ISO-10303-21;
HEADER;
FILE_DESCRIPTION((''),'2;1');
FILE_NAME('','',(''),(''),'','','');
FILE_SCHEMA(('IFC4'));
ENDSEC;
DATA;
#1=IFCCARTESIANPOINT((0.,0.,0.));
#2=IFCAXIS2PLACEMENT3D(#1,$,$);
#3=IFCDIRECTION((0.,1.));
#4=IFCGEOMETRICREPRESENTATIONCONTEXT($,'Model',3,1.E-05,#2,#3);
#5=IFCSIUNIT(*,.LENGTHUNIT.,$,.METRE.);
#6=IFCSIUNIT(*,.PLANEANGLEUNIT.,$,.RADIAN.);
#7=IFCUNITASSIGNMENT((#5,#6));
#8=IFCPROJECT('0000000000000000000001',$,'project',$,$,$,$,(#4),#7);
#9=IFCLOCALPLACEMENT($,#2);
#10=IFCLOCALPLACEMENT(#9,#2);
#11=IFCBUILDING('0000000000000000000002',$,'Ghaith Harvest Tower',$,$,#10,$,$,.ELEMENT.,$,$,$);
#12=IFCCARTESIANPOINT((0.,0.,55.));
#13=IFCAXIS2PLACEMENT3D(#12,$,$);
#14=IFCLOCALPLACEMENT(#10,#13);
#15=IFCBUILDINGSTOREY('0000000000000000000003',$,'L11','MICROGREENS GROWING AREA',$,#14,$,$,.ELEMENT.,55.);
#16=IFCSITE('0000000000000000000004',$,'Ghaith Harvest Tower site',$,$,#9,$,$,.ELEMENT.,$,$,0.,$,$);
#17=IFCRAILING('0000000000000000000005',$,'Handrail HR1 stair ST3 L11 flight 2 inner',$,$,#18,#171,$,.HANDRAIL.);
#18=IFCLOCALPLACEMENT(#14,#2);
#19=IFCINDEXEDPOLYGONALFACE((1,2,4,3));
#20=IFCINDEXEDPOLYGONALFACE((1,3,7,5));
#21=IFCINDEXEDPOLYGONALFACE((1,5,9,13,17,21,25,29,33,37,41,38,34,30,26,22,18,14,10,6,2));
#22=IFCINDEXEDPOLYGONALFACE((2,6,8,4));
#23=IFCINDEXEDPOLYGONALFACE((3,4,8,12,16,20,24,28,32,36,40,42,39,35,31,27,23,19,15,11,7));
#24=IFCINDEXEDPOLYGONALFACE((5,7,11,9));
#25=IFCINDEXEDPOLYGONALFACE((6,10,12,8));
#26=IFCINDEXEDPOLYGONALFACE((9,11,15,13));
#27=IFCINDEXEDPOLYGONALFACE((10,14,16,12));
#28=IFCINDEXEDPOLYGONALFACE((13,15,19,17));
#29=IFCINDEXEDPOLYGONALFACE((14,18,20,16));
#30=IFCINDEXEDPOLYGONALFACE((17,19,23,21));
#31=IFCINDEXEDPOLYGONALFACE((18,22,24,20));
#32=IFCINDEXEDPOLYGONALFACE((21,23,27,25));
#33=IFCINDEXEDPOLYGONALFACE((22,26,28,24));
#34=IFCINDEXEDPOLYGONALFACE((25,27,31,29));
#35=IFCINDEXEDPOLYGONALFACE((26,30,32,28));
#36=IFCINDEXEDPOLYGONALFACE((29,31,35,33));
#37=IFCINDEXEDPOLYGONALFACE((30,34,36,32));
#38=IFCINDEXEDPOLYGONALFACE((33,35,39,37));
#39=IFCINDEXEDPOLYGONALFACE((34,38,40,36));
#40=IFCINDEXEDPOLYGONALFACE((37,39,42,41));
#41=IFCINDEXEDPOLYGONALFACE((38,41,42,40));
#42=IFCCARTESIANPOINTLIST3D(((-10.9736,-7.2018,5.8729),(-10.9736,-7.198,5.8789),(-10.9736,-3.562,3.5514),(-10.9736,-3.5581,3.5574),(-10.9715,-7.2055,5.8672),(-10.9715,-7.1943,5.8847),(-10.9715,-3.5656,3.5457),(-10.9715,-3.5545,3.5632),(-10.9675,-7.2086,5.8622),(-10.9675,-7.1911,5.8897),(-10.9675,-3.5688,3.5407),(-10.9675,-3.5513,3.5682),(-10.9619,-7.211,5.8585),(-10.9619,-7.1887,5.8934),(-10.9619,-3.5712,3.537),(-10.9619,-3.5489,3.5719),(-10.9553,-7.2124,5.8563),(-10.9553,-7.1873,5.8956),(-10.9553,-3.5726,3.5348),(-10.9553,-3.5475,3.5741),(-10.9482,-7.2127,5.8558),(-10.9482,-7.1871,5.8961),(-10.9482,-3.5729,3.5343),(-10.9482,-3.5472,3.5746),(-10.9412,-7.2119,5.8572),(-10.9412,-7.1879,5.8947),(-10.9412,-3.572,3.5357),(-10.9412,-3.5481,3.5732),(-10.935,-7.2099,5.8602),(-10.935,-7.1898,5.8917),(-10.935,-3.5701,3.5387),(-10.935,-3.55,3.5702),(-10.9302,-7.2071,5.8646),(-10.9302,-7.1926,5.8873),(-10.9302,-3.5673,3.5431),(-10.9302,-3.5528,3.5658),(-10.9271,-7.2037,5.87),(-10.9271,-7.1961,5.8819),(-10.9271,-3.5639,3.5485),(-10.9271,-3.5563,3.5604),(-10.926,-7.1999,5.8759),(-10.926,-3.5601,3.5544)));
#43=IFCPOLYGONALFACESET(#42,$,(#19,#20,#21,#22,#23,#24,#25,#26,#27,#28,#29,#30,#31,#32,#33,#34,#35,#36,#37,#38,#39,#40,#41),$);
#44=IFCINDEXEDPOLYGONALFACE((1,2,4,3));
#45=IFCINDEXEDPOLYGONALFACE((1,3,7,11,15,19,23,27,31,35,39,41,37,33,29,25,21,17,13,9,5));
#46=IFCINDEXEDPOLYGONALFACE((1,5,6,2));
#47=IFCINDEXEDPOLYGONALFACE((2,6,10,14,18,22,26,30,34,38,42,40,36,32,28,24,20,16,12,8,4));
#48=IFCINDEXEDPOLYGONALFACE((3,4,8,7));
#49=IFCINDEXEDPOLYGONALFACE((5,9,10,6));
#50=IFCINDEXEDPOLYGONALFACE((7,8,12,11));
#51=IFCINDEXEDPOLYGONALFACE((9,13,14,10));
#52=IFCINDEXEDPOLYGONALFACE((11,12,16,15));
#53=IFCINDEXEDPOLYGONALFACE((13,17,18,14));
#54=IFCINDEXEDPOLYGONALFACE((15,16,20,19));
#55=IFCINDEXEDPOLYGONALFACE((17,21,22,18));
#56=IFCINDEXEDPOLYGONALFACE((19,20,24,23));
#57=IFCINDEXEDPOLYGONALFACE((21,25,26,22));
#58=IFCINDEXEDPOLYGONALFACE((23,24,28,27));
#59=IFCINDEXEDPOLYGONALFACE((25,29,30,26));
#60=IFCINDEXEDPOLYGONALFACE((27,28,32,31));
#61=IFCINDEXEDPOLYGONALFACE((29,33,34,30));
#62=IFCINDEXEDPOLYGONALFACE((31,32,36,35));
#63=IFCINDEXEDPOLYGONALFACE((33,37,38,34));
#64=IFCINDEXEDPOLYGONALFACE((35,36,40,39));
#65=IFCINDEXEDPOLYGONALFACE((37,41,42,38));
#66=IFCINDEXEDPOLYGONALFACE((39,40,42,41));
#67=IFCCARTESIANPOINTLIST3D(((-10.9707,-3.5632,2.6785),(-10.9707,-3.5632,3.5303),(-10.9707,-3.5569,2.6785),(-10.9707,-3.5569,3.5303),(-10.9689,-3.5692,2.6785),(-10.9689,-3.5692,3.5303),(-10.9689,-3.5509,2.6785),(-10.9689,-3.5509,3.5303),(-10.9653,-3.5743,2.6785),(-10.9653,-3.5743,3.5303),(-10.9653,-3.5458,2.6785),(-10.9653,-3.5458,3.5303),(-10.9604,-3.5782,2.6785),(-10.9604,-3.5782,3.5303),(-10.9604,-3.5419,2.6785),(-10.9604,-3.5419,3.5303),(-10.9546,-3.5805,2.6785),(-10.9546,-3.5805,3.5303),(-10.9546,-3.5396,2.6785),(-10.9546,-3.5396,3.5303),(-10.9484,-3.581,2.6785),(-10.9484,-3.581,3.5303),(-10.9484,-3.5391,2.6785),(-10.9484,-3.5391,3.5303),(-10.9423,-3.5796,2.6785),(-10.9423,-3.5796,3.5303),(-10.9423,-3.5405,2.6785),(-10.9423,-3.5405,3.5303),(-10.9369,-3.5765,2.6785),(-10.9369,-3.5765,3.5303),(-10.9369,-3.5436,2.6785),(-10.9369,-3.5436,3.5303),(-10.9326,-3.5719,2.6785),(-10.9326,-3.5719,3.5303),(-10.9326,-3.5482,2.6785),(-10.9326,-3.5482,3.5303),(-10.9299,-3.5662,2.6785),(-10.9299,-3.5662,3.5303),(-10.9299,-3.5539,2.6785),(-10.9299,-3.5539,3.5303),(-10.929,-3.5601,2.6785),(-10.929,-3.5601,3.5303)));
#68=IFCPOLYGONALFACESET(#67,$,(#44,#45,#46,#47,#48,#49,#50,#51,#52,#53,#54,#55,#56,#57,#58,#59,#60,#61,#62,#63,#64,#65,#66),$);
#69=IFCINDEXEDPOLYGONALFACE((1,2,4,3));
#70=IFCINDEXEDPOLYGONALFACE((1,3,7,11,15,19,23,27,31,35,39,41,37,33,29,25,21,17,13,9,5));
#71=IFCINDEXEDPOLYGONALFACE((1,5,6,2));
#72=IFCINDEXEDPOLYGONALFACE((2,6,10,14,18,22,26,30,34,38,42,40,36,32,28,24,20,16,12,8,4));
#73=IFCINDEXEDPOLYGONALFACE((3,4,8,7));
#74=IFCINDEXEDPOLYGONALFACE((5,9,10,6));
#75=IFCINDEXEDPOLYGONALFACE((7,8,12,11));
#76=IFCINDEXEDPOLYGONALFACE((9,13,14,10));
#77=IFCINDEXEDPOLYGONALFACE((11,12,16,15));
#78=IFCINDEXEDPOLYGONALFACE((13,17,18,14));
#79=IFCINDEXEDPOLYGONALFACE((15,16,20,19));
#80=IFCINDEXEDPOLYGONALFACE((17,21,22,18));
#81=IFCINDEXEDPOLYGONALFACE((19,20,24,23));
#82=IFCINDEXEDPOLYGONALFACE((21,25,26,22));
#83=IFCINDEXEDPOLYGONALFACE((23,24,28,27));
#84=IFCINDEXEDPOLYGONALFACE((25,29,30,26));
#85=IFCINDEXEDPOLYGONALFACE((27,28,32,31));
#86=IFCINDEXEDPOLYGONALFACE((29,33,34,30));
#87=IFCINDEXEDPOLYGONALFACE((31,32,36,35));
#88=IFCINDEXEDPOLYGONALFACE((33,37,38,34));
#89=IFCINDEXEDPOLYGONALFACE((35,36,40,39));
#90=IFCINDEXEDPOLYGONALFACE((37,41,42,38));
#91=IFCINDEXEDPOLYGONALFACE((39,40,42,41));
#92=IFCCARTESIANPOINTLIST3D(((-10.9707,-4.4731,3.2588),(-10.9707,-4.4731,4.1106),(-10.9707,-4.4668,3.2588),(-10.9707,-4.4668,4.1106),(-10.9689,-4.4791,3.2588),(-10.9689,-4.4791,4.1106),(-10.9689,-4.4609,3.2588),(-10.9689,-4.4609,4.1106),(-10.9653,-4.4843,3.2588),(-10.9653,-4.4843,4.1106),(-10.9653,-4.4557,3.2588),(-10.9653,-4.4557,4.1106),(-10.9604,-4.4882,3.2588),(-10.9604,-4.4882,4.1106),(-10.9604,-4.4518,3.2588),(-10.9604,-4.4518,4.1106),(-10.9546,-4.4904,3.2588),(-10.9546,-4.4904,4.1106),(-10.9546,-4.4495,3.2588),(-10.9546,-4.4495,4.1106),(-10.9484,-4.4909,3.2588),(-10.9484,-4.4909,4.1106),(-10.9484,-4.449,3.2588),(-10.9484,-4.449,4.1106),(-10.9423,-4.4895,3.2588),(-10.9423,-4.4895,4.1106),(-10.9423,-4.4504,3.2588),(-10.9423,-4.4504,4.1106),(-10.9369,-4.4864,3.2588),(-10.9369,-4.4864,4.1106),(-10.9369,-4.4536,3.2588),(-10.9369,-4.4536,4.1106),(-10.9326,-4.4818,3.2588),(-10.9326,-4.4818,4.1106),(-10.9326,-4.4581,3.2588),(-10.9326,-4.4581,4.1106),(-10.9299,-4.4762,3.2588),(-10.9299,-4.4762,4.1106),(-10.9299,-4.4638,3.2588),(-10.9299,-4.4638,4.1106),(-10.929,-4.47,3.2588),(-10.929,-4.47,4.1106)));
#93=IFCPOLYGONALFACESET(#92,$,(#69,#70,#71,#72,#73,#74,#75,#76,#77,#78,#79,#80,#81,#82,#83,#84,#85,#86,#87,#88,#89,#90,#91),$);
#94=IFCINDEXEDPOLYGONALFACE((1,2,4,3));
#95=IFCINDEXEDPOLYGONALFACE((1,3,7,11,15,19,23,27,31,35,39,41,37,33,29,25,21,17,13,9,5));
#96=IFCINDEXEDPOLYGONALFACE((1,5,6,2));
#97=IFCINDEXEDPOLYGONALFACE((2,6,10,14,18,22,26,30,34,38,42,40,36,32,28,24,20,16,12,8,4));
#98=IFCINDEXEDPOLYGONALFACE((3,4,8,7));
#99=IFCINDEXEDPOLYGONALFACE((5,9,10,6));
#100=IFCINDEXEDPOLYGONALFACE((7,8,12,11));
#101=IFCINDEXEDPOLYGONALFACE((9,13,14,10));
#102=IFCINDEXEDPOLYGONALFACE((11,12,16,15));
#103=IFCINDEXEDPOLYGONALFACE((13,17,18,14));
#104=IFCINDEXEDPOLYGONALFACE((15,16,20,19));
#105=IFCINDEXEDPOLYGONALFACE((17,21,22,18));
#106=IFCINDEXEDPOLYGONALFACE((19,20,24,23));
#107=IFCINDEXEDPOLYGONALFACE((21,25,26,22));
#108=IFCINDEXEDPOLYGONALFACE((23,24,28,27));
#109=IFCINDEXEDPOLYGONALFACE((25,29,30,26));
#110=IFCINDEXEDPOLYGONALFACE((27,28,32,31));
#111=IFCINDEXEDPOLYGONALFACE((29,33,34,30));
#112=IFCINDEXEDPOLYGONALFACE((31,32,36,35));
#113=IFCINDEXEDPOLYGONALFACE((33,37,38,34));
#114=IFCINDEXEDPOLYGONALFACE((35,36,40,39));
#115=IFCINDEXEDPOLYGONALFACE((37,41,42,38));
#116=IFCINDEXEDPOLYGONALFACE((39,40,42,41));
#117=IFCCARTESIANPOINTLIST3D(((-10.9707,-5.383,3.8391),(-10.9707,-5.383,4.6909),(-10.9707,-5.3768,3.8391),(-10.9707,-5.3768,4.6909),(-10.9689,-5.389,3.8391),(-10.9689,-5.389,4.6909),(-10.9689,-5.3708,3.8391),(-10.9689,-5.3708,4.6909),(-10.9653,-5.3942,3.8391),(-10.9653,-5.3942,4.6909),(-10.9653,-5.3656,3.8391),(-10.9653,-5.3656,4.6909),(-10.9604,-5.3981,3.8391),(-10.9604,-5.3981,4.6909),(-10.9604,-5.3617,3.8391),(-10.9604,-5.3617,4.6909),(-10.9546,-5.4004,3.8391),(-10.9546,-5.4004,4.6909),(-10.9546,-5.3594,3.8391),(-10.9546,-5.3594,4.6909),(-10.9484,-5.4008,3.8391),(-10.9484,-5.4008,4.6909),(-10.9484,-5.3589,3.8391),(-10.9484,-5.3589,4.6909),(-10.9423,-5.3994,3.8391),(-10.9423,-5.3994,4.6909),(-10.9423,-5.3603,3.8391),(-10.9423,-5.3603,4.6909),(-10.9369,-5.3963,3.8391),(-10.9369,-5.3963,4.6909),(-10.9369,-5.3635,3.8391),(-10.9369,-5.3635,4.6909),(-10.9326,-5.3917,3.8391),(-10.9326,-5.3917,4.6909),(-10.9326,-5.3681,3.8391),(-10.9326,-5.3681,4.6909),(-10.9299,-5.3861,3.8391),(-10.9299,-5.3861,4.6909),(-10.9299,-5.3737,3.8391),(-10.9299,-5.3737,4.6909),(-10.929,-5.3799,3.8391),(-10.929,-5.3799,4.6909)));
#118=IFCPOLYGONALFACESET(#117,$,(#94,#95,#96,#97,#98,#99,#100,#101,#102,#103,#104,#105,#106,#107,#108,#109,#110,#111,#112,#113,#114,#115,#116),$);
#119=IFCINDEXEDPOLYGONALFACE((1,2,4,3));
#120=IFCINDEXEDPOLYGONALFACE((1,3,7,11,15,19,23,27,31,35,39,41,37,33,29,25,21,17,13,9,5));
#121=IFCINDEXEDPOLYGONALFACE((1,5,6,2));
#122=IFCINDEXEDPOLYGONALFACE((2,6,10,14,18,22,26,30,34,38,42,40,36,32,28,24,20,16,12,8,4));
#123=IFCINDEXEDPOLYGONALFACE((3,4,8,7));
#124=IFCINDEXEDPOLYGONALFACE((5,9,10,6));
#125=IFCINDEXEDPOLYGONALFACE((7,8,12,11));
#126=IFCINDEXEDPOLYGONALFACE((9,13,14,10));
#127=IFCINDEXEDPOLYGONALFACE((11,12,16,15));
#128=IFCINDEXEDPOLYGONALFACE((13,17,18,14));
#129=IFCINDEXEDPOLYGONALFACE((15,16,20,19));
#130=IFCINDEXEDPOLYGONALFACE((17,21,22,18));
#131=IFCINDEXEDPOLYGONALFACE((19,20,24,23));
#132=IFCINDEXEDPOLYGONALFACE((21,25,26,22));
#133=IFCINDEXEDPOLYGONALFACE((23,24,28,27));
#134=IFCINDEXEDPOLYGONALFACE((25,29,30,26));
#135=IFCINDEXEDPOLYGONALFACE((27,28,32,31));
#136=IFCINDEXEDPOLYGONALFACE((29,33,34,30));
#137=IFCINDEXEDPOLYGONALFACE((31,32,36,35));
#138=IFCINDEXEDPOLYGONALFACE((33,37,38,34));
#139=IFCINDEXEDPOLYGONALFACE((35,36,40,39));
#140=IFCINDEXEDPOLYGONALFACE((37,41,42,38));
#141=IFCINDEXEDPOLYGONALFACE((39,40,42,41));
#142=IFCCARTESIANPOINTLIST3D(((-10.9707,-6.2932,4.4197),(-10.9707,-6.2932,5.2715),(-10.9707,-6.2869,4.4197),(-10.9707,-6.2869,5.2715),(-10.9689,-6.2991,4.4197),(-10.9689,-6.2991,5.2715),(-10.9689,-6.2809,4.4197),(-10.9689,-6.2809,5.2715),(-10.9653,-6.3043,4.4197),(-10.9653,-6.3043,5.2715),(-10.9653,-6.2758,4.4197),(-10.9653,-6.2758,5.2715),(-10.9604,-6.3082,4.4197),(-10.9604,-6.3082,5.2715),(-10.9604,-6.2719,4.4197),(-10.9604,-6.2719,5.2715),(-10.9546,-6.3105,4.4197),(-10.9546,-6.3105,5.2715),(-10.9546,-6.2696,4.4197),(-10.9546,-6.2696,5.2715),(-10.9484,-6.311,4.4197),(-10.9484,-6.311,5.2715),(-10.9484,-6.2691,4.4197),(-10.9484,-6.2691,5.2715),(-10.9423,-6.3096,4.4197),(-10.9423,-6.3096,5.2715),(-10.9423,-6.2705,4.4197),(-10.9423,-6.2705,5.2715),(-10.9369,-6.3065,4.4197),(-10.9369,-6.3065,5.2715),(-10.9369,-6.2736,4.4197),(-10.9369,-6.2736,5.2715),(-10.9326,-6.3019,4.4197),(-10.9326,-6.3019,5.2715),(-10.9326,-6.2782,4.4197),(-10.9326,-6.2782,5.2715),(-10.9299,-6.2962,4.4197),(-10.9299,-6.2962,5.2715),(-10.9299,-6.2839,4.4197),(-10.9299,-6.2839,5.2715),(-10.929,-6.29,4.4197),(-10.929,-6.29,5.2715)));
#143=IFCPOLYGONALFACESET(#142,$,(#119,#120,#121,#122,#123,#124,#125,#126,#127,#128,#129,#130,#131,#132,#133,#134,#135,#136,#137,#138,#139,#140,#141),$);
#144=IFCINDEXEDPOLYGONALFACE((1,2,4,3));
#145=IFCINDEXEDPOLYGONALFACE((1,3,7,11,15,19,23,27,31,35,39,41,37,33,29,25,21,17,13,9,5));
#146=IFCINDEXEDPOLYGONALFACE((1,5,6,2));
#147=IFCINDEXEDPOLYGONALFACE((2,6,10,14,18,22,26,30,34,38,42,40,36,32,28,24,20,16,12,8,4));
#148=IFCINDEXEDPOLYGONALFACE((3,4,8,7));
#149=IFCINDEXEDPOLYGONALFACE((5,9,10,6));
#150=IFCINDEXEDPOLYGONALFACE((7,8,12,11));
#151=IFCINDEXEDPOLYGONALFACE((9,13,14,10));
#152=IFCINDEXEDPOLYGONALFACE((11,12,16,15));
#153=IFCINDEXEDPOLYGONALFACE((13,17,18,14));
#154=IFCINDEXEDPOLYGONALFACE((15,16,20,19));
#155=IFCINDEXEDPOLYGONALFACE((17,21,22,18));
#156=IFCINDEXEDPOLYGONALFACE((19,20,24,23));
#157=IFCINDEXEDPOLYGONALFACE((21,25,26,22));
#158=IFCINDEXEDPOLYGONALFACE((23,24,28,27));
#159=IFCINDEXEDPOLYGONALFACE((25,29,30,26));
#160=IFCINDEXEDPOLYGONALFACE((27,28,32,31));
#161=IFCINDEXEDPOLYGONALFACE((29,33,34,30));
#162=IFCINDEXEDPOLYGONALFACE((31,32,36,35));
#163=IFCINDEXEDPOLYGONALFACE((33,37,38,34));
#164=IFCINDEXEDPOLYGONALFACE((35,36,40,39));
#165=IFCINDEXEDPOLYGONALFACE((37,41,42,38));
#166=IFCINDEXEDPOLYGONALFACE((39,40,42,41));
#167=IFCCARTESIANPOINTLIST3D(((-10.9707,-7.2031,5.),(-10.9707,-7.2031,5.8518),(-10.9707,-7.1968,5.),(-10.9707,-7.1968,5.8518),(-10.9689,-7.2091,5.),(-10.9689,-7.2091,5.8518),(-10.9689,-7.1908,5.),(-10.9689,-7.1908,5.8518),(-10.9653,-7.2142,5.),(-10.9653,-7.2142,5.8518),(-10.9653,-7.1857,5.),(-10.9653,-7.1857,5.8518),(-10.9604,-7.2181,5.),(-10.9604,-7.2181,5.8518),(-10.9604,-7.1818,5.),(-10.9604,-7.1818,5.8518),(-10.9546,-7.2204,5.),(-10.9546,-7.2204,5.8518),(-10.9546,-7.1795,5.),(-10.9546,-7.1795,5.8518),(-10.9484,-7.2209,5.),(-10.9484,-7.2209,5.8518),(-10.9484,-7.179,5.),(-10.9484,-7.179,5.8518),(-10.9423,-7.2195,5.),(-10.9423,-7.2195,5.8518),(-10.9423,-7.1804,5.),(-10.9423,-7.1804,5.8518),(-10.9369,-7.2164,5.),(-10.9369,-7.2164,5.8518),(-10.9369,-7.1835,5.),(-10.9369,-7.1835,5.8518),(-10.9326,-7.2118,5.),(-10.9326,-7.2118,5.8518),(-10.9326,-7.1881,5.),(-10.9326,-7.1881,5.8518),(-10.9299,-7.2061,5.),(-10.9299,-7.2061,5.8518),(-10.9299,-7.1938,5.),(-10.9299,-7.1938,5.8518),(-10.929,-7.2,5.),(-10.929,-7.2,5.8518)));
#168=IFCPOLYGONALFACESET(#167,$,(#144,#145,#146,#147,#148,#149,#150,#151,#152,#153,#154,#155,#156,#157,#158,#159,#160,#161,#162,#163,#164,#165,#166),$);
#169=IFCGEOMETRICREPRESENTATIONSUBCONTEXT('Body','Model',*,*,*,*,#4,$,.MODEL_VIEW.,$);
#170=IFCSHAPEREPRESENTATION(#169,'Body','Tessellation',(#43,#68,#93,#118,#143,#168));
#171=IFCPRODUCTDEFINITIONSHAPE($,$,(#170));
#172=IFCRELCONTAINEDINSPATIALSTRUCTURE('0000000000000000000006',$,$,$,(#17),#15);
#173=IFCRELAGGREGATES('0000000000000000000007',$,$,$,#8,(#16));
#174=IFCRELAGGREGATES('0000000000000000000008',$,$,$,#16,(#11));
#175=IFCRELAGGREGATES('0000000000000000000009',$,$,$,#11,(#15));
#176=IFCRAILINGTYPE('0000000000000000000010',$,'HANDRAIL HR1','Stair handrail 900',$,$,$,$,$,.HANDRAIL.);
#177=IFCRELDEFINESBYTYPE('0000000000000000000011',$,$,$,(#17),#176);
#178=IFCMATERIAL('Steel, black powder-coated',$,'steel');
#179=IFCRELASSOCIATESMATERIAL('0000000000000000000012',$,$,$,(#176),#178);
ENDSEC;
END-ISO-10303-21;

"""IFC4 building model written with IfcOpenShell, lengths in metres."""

from ifc_helpers import new_model, si_unit, direction, frame, origin, origin_2d, place, context, subcontext, project, spatial, circle, extrude, material, type_object, element, save


model = new_model("IFC4")

# Units and contexts
model_context = context("Model", 3, precision=1e-05, world=origin(), true_north=direction((0.0, 1.0)))
body_context = subcontext(model_context, "Body", "Model", "MODEL_VIEW")
ifc_project = project(units=[si_unit("LENGTHUNIT", "METRE"), si_unit("PLANEANGLEUNIT", "RADIAN")], contexts=[model_context])

# Site, building, storey
site_placement = place(None, origin())
site = spatial("IfcSite", under=ifc_project, at=site_placement, Name="Ghaith Harvest Tower site", CompositionType="ELEMENT", RefElevation=0.0)
building_placement = place(site_placement, origin())
building = spatial("IfcBuilding", under=site, at=building_placement, Name="Ghaith Harvest Tower", CompositionType="ELEMENT")
storey_placement = place(building_placement, frame((0.0, 0.0, 55.0)))
storey = spatial("IfcBuildingStorey", under=building, at=storey_placement, Name="L11", Description="MICROGREENS GROWING AREA", CompositionType="ELEMENT", Elevation=55.0)

# Railing
ifc_material_1 = material(Name="Steel, black powder-coated", Category="steel")
railing_type = type_object("IfcRailingType", Name="HANDRAIL HR1", Description="Stair handrail 900", PredefinedType="HANDRAIL", material=ifc_material_1)
railing_1_placement = place(storey_placement, frame((-10.95, -3.5601, 2.6785)))
element("IfcRailing", 1, at=railing_1_placement, inside=storey, type_object=railing_type, Name="Handrail HR1 stair ST3 L11 flight 2 inner", PredefinedType="HANDRAIL", context=body_context, shape_type="SweptSolid", body=[
    extrude(circle(Radius=0.0239, at=origin_2d()), frame((0.0, 0.0, 0.876), z_axis=(0.0, -0.843112, 0.537739), x_axis=(1.0, 0.0, 0.0)), (0.0, 0.0, 1.0), 4.3171),
    extrude(circle(Radius=0.021, at=origin_2d()), origin(), (0.0, 0.0, 1.0), 0.8518),
    extrude(circle(Radius=0.021, at=origin_2d()), frame((0.0, -0.9099, 0.5803)), (0.0, 0.0, 1.0), 0.8518),
    extrude(circle(Radius=0.021, at=origin_2d()), frame((0.0, -1.8198, 1.1606)), (0.0, 0.0, 1.0), 0.8518),
    extrude(circle(Radius=0.021, at=origin_2d()), frame((0.0, -2.73, 1.7412)), (0.0, 0.0, 1.0), 0.8518),
    extrude(circle(Radius=0.021, at=origin_2d()), frame((0.0, -3.6399, 2.3215)), (0.0, 0.0, 1.0), 0.8518),
])

save(model, "model.ifc")
